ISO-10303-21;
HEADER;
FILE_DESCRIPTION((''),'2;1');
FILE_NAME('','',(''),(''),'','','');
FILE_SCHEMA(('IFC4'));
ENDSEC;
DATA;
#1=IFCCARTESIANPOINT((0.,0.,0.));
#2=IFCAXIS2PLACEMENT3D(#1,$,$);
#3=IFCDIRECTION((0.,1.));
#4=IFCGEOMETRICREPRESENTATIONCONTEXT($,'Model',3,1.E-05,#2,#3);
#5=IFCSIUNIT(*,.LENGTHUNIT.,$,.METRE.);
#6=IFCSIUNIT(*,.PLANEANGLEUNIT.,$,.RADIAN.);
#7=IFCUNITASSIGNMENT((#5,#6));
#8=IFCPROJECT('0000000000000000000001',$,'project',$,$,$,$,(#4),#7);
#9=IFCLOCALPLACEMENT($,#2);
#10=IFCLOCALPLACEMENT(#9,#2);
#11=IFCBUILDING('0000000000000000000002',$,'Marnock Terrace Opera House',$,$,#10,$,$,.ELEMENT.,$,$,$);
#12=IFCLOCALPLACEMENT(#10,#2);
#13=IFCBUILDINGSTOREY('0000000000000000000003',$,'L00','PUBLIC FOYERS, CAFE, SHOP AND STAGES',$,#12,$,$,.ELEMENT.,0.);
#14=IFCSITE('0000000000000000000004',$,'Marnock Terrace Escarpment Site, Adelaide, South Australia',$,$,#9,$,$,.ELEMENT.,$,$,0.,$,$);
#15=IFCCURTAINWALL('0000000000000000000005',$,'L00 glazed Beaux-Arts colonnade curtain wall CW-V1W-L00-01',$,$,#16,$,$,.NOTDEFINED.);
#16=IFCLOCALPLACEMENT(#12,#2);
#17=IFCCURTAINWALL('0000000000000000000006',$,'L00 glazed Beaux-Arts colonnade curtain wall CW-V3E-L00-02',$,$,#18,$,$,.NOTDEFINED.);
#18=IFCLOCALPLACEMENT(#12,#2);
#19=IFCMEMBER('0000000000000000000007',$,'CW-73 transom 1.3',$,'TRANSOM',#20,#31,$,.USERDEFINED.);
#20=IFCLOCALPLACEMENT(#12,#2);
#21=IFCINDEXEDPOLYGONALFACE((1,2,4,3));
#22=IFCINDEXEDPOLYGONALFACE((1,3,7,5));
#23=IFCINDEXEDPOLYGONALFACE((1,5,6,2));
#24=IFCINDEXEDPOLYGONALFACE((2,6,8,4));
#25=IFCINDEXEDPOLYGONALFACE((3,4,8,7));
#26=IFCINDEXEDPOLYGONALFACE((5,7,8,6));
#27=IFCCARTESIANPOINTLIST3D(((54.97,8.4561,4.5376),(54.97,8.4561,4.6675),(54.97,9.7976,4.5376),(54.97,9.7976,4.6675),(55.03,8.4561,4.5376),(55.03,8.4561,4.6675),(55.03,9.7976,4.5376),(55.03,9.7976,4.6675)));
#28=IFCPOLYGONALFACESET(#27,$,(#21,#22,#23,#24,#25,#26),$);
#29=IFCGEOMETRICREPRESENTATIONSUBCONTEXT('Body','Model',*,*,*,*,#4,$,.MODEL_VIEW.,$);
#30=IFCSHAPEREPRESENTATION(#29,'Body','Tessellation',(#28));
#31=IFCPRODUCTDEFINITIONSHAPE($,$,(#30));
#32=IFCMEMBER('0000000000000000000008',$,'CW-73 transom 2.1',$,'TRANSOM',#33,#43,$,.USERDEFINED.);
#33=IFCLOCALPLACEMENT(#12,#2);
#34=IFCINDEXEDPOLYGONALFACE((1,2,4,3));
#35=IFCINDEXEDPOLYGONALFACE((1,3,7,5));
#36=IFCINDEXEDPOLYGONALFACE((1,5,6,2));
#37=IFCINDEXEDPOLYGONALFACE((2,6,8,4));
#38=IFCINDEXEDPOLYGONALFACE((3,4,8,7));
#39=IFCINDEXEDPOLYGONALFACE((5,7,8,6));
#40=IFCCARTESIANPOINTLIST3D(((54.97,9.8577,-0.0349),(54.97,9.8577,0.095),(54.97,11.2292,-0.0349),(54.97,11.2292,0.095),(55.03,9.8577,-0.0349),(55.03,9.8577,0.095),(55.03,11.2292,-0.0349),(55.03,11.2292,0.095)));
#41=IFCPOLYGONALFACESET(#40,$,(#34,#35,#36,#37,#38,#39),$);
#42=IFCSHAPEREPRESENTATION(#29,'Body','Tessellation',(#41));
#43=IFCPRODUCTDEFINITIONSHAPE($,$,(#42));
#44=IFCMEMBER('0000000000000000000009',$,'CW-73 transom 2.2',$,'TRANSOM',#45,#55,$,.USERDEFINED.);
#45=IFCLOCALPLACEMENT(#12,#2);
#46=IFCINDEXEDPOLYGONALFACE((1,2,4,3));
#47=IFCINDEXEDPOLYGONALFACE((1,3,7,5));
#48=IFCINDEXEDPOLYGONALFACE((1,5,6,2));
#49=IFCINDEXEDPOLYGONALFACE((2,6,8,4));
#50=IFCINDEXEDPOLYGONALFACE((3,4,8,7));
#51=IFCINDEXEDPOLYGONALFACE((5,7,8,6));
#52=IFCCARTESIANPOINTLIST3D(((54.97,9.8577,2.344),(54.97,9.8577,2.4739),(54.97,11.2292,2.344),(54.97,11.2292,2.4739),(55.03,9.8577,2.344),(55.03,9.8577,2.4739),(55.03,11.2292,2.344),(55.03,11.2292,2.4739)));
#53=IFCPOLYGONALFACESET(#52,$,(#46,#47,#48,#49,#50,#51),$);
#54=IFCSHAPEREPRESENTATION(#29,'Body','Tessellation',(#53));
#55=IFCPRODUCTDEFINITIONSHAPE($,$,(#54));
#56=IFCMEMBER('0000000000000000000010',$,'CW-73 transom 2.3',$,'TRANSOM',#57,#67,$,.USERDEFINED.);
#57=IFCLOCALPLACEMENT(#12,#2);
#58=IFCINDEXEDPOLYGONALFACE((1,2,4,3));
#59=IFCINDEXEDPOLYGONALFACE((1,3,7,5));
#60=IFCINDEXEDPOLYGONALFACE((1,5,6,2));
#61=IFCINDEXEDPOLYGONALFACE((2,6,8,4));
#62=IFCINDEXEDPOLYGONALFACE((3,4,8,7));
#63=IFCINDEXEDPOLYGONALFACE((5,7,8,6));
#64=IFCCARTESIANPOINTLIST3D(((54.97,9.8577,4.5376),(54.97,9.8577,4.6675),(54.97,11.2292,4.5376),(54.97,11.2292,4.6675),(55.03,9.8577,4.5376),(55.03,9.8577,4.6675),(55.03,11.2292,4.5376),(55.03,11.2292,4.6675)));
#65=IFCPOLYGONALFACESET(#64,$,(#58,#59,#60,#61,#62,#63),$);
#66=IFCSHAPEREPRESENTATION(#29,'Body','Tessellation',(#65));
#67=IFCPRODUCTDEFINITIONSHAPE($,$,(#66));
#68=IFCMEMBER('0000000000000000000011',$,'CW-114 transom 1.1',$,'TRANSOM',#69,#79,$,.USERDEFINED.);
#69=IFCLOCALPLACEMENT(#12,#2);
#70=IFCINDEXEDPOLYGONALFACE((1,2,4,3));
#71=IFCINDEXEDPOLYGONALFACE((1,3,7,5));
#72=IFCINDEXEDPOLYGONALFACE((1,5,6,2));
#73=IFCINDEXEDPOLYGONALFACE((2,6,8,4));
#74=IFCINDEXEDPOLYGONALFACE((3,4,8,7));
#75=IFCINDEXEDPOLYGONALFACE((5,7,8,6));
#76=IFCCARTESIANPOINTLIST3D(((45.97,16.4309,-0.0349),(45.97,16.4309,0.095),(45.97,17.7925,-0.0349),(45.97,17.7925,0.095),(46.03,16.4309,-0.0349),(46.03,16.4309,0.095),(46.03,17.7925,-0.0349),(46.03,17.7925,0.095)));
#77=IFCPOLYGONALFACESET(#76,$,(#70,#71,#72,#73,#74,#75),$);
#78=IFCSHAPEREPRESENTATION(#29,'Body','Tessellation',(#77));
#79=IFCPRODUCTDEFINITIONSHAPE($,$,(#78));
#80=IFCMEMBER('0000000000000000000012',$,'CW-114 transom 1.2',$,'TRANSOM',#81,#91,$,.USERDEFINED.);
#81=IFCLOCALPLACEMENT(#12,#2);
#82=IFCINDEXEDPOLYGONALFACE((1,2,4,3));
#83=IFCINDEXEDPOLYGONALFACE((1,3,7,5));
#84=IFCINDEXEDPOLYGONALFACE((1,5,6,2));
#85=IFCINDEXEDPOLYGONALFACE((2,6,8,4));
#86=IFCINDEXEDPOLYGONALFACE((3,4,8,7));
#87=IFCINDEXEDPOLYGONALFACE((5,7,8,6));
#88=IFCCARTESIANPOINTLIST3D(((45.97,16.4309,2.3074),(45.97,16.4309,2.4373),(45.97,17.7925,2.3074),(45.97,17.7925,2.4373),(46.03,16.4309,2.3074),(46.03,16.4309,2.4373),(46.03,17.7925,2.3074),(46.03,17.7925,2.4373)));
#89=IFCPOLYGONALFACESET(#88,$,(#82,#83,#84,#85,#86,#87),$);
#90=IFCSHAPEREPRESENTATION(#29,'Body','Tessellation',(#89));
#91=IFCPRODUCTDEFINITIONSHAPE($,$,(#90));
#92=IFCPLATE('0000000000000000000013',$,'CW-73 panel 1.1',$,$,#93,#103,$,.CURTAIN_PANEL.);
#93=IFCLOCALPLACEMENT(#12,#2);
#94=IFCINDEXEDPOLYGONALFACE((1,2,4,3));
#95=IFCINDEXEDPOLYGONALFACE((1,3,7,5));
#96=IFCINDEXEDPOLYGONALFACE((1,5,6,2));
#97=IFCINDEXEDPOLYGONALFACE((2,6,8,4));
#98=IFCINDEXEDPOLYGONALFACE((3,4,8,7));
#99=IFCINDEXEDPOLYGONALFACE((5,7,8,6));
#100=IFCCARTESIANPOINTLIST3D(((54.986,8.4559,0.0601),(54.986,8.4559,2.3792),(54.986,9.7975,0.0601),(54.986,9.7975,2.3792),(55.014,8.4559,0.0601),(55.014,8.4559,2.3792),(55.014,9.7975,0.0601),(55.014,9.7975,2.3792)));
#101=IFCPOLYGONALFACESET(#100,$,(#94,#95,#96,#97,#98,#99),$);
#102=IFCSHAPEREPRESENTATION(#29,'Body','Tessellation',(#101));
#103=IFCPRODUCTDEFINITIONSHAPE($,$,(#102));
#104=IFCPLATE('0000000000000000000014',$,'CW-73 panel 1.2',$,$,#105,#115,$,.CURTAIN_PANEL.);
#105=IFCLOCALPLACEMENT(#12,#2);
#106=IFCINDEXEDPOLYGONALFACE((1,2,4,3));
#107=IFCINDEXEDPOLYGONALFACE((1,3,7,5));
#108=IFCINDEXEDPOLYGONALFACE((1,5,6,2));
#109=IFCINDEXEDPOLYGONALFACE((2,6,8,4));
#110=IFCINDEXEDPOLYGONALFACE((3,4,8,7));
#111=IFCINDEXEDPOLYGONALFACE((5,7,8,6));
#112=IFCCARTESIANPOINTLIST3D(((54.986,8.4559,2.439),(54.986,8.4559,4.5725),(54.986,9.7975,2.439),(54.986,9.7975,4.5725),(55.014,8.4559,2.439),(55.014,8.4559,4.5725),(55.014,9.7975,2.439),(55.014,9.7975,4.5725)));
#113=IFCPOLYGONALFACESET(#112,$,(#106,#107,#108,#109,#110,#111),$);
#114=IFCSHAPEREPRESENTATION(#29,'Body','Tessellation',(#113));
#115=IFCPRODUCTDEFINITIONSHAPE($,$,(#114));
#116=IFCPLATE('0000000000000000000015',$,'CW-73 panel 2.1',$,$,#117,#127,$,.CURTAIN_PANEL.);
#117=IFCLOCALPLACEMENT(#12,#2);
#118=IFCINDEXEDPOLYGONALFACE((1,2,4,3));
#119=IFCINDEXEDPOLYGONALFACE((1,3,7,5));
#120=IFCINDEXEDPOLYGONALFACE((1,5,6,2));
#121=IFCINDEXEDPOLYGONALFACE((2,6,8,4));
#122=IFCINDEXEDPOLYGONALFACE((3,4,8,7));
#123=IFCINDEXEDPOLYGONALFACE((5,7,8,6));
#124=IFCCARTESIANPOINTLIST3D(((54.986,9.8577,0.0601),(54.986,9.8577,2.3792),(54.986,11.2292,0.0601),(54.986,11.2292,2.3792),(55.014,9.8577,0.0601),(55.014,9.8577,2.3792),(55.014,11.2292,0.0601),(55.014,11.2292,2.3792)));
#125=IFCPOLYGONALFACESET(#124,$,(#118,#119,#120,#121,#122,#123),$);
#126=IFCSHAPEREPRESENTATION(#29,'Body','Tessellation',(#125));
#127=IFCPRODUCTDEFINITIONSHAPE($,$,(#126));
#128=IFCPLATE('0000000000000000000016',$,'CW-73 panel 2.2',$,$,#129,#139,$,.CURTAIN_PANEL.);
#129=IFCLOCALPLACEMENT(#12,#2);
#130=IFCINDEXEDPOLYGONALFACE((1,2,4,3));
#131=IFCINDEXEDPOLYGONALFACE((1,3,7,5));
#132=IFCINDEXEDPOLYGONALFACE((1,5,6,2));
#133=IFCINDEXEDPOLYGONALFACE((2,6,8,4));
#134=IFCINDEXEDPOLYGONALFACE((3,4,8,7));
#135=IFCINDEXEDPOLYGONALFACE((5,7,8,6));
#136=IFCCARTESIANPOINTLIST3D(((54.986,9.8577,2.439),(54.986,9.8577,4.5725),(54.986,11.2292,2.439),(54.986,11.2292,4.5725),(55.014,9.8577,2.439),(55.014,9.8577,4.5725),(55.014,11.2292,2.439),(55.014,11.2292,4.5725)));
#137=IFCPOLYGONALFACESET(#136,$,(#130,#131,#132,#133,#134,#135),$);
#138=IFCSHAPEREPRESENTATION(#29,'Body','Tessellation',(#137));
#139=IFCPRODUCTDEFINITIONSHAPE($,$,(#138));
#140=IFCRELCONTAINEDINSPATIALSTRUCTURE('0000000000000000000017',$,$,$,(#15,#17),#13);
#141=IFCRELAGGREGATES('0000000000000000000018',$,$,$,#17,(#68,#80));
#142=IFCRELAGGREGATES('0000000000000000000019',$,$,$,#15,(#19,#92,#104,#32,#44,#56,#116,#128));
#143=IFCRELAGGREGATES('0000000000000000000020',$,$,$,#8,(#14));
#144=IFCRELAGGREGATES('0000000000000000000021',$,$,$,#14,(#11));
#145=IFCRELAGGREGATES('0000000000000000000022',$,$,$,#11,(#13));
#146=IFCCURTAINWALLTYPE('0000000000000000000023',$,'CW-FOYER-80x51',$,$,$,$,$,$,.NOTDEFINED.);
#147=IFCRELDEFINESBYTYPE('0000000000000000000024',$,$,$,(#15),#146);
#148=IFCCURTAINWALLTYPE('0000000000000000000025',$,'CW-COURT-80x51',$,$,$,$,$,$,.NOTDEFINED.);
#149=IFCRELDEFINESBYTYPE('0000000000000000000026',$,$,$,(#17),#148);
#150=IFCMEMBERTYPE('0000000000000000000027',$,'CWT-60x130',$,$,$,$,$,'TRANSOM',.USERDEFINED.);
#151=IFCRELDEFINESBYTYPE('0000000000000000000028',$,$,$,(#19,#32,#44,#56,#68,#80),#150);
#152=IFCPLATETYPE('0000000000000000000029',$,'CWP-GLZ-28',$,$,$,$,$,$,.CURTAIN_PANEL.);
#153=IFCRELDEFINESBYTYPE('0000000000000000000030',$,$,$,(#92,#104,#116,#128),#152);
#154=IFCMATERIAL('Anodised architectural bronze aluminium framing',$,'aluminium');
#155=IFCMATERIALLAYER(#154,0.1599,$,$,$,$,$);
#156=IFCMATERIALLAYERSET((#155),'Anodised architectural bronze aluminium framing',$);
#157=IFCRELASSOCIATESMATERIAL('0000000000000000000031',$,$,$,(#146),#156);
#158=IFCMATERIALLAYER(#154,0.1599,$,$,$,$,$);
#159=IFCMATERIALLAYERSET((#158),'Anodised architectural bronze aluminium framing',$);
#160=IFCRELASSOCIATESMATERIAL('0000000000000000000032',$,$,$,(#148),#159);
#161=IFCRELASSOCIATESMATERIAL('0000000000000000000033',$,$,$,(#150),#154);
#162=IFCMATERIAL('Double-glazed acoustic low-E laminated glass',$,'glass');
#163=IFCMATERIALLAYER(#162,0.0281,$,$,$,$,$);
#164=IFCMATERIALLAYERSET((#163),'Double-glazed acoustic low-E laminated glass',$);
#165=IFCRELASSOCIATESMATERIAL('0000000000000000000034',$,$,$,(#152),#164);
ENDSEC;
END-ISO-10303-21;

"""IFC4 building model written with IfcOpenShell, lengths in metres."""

from ifc_helpers import new_model, si_unit, direction, frame, origin, origin_2d, place, context, subcontext, project, spatial, rectangle, extrude, material, layer, layer_set, material_profile, profile_set, type_object, element, aggregate, save


model = new_model("IFC4")

# Units and contexts
model_context = context("Model", 3, precision=1e-05, world=origin(), true_north=direction((0.0, 1.0)))
body_context = subcontext(model_context, "Body", "Model", "MODEL_VIEW")
ifc_project = project(units=[si_unit("LENGTHUNIT", "METRE"), si_unit("PLANEANGLEUNIT", "RADIAN")], contexts=[model_context])

# Site, building, storey
site_placement = place(None, origin())
site = spatial("IfcSite", under=ifc_project, at=site_placement, Name="Marnock Terrace Escarpment Site, Adelaide, South Australia", CompositionType="ELEMENT", RefElevation=0.0)
building_placement = place(site_placement, origin())
building = spatial("IfcBuilding", under=site, at=building_placement, Name="Marnock Terrace Opera House", CompositionType="ELEMENT")
storey_placement = place(building_placement, origin())
storey = spatial("IfcBuildingStorey", under=building, at=storey_placement, Name="L00", Description="PUBLIC FOYERS, CAFE, SHOP AND STAGES", CompositionType="ELEMENT", Elevation=0.0)

# Curtain wall
ifc_material_1 = material(Name="Anodised architectural bronze aluminium framing", Category="aluminium")
ifc_layer_1 = layer(ifc_material_1, 0.1599)
ifc_layer_set_1 = layer_set([ifc_layer_1], Name="Anodised architectural bronze aluminium framing")
curtain_wall_type_1 = type_object("IfcCurtainWallType", Name="CW-FOYER-80x51", PredefinedType="NOTDEFINED", material=ifc_layer_set_1)
curtain_wall_1_placement = place(storey_placement, origin())
curtain_wall_1 = element("IfcCurtainWall", 1, at=curtain_wall_1_placement, inside=storey, type_object=curtain_wall_type_1, Name="L00 glazed Beaux-Arts colonnade curtain wall CW-V1W-L00-01", PredefinedType="NOTDEFINED")

# Curtain wall
ifc_layer_2 = layer(ifc_material_1, 0.1599)
ifc_layer_set_2 = layer_set([ifc_layer_2], Name="Anodised architectural bronze aluminium framing")
curtain_wall_type_2 = type_object("IfcCurtainWallType", Name="CW-COURT-80x51", PredefinedType="NOTDEFINED", material=ifc_layer_set_2)
curtain_wall_2_placement = place(storey_placement, origin())
curtain_wall_2 = element("IfcCurtainWall", 2, at=curtain_wall_2_placement, inside=storey, type_object=curtain_wall_type_2, Name="L00 glazed Beaux-Arts colonnade curtain wall CW-V3E-L00-02", PredefinedType="NOTDEFINED")

# Members
ifc_material_profile_1 = material_profile(ifc_material_1, rectangle(XDim=0.0601, YDim=0.1299, at=origin_2d()))
ifc_profile_set_1 = profile_set([ifc_material_profile_1], Name="Anodised architectural bronze aluminium framing")
member_type_1 = type_object("IfcMemberType", Name="CWT-60x130", ElementType="TRANSOM", PredefinedType="USERDEFINED", material=ifc_profile_set_1)
member_1_placement = place(storey_placement, frame((55.0, 8.4561, 4.6025), z_axis=(0.0, 1.0, 0.0), x_axis=(-1.0, 0.0, 0.0)))
member_1 = element("IfcMember", 3, at=member_1_placement, type_object=member_type_1, Name="CW-73 transom 1.3", ObjectType="TRANSOM", PredefinedType="USERDEFINED", context=body_context, shape_type="SweptSolid", body=[
    extrude(rectangle(XDim=0.0601, YDim=0.1299, at=origin_2d()), origin(), (0.0, 0.0, 1.0), 1.3416),
])
member_2_placement = place(storey_placement, frame((55.0, 9.8577, 0.03), z_axis=(0.0, 1.0, 0.0), x_axis=(-1.0, 0.0, 0.0)))
member_2 = element("IfcMember", 4, at=member_2_placement, type_object=member_type_1, Name="CW-73 transom 2.1", ObjectType="TRANSOM", PredefinedType="USERDEFINED", context=body_context, shape_type="SweptSolid", body=[
    extrude(rectangle(XDim=0.0601, YDim=0.1299, at=origin_2d()), origin(), (0.0, 0.0, 1.0), 1.3716),
])
member_3_placement = place(storey_placement, frame((55.0, 9.8577, 2.4089), z_axis=(0.0, 1.0, 0.0), x_axis=(-1.0, 0.0, 0.0)))
member_3 = element("IfcMember", 5, at=member_3_placement, type_object=member_type_1, Name="CW-73 transom 2.2", ObjectType="TRANSOM", PredefinedType="USERDEFINED", context=body_context, shape_type="SweptSolid", body=[
    extrude(rectangle(XDim=0.0601, YDim=0.1299, at=origin_2d()), origin(), (0.0, 0.0, 1.0), 1.3716),
])
member_4_placement = place(storey_placement, frame((55.0, 9.8577, 4.6025), z_axis=(0.0, 1.0, 0.0), x_axis=(-1.0, 0.0, 0.0)))
member_4 = element("IfcMember", 6, at=member_4_placement, type_object=member_type_1, Name="CW-73 transom 2.3", ObjectType="TRANSOM", PredefinedType="USERDEFINED", context=body_context, shape_type="SweptSolid", body=[
    extrude(rectangle(XDim=0.0601, YDim=0.1299, at=origin_2d()), origin(), (0.0, 0.0, 1.0), 1.3716),
])
member_5_placement = place(storey_placement, frame((46.0, 16.4309, 0.03), z_axis=(0.0, 1.0, 0.0), x_axis=(-1.0, 0.0, 0.0)))
member_5 = element("IfcMember", 7, at=member_5_placement, type_object=member_type_1, Name="CW-114 transom 1.1", ObjectType="TRANSOM", PredefinedType="USERDEFINED", context=body_context, shape_type="SweptSolid", body=[
    extrude(rectangle(XDim=0.0601, YDim=0.1299, at=origin_2d()), origin(), (0.0, 0.0, 1.0), 1.3616),
])
member_6_placement = place(storey_placement, frame((46.0, 16.4309, 2.3723), z_axis=(0.0, 1.0, 0.0), x_axis=(-1.0, 0.0, 0.0)))
member_6 = element("IfcMember", 8, at=member_6_placement, type_object=member_type_1, Name="CW-114 transom 1.2", ObjectType="TRANSOM", PredefinedType="USERDEFINED", context=body_context, shape_type="SweptSolid", body=[
    extrude(rectangle(XDim=0.0601, YDim=0.1299, at=origin_2d()), origin(), (0.0, 0.0, 1.0), 1.3616),
])
aggregate(curtain_wall_2, [member_5, member_6])

# Plates
ifc_material_2 = material(Name="Double-glazed acoustic low-E laminated glass", Category="glass")
ifc_layer_3 = layer(ifc_material_2, 0.0281)
ifc_layer_set_3 = layer_set([ifc_layer_3], Name="Double-glazed acoustic low-E laminated glass")
plate_type = type_object("IfcPlateType", Name="CWP-GLZ-28", PredefinedType="CURTAIN_PANEL", material=ifc_layer_set_3)
plate_1_placement = place(storey_placement, frame((55.0, 9.1267, 0.0601), z_axis=(0.0, 0.0, 1.0), x_axis=(0.0, 1.0, 0.0)))
plate_1 = element("IfcPlate", 9, at=plate_1_placement, type_object=plate_type, Name="CW-73 panel 1.1", PredefinedType="CURTAIN_PANEL", context=body_context, shape_type="SweptSolid", body=[
    extrude(rectangle(XDim=1.3416, YDim=0.0281, at=origin_2d()), origin(), (0.0, 0.0, 1.0), 2.3191),
])
plate_2_placement = place(storey_placement, frame((55.0, 9.1267, 2.439), z_axis=(0.0, 0.0, 1.0), x_axis=(0.0, 1.0, 0.0)))
plate_2 = element("IfcPlate", 10, at=plate_2_placement, type_object=plate_type, Name="CW-73 panel 1.2", PredefinedType="CURTAIN_PANEL", context=body_context, shape_type="SweptSolid", body=[
    extrude(rectangle(XDim=1.3416, YDim=0.0281, at=origin_2d()), origin(), (0.0, 0.0, 1.0), 2.1335),
])
plate_3_placement = place(storey_placement, frame((55.0, 10.5435, 0.0601), z_axis=(0.0, 0.0, 1.0), x_axis=(0.0, 1.0, 0.0)))
plate_3 = element("IfcPlate", 11, at=plate_3_placement, type_object=plate_type, Name="CW-73 panel 2.1", PredefinedType="CURTAIN_PANEL", context=body_context, shape_type="SweptSolid", body=[
    extrude(rectangle(XDim=1.3716, YDim=0.0281, at=origin_2d()), origin(), (0.0, 0.0, 1.0), 2.3191),
])
plate_4_placement = place(storey_placement, frame((55.0, 10.5435, 2.439), z_axis=(0.0, 0.0, 1.0), x_axis=(0.0, 1.0, 0.0)))
plate_4 = element("IfcPlate", 12, at=plate_4_placement, type_object=plate_type, Name="CW-73 panel 2.2", PredefinedType="CURTAIN_PANEL", context=body_context, shape_type="SweptSolid", body=[
    extrude(rectangle(XDim=1.3716, YDim=0.0281, at=origin_2d()), origin(), (0.0, 0.0, 1.0), 2.1335),
])
aggregate(curtain_wall_1, [member_1, plate_1, plate_2, member_2, member_3, member_4, plate_3, plate_4])

save(model, "model.ifc")
